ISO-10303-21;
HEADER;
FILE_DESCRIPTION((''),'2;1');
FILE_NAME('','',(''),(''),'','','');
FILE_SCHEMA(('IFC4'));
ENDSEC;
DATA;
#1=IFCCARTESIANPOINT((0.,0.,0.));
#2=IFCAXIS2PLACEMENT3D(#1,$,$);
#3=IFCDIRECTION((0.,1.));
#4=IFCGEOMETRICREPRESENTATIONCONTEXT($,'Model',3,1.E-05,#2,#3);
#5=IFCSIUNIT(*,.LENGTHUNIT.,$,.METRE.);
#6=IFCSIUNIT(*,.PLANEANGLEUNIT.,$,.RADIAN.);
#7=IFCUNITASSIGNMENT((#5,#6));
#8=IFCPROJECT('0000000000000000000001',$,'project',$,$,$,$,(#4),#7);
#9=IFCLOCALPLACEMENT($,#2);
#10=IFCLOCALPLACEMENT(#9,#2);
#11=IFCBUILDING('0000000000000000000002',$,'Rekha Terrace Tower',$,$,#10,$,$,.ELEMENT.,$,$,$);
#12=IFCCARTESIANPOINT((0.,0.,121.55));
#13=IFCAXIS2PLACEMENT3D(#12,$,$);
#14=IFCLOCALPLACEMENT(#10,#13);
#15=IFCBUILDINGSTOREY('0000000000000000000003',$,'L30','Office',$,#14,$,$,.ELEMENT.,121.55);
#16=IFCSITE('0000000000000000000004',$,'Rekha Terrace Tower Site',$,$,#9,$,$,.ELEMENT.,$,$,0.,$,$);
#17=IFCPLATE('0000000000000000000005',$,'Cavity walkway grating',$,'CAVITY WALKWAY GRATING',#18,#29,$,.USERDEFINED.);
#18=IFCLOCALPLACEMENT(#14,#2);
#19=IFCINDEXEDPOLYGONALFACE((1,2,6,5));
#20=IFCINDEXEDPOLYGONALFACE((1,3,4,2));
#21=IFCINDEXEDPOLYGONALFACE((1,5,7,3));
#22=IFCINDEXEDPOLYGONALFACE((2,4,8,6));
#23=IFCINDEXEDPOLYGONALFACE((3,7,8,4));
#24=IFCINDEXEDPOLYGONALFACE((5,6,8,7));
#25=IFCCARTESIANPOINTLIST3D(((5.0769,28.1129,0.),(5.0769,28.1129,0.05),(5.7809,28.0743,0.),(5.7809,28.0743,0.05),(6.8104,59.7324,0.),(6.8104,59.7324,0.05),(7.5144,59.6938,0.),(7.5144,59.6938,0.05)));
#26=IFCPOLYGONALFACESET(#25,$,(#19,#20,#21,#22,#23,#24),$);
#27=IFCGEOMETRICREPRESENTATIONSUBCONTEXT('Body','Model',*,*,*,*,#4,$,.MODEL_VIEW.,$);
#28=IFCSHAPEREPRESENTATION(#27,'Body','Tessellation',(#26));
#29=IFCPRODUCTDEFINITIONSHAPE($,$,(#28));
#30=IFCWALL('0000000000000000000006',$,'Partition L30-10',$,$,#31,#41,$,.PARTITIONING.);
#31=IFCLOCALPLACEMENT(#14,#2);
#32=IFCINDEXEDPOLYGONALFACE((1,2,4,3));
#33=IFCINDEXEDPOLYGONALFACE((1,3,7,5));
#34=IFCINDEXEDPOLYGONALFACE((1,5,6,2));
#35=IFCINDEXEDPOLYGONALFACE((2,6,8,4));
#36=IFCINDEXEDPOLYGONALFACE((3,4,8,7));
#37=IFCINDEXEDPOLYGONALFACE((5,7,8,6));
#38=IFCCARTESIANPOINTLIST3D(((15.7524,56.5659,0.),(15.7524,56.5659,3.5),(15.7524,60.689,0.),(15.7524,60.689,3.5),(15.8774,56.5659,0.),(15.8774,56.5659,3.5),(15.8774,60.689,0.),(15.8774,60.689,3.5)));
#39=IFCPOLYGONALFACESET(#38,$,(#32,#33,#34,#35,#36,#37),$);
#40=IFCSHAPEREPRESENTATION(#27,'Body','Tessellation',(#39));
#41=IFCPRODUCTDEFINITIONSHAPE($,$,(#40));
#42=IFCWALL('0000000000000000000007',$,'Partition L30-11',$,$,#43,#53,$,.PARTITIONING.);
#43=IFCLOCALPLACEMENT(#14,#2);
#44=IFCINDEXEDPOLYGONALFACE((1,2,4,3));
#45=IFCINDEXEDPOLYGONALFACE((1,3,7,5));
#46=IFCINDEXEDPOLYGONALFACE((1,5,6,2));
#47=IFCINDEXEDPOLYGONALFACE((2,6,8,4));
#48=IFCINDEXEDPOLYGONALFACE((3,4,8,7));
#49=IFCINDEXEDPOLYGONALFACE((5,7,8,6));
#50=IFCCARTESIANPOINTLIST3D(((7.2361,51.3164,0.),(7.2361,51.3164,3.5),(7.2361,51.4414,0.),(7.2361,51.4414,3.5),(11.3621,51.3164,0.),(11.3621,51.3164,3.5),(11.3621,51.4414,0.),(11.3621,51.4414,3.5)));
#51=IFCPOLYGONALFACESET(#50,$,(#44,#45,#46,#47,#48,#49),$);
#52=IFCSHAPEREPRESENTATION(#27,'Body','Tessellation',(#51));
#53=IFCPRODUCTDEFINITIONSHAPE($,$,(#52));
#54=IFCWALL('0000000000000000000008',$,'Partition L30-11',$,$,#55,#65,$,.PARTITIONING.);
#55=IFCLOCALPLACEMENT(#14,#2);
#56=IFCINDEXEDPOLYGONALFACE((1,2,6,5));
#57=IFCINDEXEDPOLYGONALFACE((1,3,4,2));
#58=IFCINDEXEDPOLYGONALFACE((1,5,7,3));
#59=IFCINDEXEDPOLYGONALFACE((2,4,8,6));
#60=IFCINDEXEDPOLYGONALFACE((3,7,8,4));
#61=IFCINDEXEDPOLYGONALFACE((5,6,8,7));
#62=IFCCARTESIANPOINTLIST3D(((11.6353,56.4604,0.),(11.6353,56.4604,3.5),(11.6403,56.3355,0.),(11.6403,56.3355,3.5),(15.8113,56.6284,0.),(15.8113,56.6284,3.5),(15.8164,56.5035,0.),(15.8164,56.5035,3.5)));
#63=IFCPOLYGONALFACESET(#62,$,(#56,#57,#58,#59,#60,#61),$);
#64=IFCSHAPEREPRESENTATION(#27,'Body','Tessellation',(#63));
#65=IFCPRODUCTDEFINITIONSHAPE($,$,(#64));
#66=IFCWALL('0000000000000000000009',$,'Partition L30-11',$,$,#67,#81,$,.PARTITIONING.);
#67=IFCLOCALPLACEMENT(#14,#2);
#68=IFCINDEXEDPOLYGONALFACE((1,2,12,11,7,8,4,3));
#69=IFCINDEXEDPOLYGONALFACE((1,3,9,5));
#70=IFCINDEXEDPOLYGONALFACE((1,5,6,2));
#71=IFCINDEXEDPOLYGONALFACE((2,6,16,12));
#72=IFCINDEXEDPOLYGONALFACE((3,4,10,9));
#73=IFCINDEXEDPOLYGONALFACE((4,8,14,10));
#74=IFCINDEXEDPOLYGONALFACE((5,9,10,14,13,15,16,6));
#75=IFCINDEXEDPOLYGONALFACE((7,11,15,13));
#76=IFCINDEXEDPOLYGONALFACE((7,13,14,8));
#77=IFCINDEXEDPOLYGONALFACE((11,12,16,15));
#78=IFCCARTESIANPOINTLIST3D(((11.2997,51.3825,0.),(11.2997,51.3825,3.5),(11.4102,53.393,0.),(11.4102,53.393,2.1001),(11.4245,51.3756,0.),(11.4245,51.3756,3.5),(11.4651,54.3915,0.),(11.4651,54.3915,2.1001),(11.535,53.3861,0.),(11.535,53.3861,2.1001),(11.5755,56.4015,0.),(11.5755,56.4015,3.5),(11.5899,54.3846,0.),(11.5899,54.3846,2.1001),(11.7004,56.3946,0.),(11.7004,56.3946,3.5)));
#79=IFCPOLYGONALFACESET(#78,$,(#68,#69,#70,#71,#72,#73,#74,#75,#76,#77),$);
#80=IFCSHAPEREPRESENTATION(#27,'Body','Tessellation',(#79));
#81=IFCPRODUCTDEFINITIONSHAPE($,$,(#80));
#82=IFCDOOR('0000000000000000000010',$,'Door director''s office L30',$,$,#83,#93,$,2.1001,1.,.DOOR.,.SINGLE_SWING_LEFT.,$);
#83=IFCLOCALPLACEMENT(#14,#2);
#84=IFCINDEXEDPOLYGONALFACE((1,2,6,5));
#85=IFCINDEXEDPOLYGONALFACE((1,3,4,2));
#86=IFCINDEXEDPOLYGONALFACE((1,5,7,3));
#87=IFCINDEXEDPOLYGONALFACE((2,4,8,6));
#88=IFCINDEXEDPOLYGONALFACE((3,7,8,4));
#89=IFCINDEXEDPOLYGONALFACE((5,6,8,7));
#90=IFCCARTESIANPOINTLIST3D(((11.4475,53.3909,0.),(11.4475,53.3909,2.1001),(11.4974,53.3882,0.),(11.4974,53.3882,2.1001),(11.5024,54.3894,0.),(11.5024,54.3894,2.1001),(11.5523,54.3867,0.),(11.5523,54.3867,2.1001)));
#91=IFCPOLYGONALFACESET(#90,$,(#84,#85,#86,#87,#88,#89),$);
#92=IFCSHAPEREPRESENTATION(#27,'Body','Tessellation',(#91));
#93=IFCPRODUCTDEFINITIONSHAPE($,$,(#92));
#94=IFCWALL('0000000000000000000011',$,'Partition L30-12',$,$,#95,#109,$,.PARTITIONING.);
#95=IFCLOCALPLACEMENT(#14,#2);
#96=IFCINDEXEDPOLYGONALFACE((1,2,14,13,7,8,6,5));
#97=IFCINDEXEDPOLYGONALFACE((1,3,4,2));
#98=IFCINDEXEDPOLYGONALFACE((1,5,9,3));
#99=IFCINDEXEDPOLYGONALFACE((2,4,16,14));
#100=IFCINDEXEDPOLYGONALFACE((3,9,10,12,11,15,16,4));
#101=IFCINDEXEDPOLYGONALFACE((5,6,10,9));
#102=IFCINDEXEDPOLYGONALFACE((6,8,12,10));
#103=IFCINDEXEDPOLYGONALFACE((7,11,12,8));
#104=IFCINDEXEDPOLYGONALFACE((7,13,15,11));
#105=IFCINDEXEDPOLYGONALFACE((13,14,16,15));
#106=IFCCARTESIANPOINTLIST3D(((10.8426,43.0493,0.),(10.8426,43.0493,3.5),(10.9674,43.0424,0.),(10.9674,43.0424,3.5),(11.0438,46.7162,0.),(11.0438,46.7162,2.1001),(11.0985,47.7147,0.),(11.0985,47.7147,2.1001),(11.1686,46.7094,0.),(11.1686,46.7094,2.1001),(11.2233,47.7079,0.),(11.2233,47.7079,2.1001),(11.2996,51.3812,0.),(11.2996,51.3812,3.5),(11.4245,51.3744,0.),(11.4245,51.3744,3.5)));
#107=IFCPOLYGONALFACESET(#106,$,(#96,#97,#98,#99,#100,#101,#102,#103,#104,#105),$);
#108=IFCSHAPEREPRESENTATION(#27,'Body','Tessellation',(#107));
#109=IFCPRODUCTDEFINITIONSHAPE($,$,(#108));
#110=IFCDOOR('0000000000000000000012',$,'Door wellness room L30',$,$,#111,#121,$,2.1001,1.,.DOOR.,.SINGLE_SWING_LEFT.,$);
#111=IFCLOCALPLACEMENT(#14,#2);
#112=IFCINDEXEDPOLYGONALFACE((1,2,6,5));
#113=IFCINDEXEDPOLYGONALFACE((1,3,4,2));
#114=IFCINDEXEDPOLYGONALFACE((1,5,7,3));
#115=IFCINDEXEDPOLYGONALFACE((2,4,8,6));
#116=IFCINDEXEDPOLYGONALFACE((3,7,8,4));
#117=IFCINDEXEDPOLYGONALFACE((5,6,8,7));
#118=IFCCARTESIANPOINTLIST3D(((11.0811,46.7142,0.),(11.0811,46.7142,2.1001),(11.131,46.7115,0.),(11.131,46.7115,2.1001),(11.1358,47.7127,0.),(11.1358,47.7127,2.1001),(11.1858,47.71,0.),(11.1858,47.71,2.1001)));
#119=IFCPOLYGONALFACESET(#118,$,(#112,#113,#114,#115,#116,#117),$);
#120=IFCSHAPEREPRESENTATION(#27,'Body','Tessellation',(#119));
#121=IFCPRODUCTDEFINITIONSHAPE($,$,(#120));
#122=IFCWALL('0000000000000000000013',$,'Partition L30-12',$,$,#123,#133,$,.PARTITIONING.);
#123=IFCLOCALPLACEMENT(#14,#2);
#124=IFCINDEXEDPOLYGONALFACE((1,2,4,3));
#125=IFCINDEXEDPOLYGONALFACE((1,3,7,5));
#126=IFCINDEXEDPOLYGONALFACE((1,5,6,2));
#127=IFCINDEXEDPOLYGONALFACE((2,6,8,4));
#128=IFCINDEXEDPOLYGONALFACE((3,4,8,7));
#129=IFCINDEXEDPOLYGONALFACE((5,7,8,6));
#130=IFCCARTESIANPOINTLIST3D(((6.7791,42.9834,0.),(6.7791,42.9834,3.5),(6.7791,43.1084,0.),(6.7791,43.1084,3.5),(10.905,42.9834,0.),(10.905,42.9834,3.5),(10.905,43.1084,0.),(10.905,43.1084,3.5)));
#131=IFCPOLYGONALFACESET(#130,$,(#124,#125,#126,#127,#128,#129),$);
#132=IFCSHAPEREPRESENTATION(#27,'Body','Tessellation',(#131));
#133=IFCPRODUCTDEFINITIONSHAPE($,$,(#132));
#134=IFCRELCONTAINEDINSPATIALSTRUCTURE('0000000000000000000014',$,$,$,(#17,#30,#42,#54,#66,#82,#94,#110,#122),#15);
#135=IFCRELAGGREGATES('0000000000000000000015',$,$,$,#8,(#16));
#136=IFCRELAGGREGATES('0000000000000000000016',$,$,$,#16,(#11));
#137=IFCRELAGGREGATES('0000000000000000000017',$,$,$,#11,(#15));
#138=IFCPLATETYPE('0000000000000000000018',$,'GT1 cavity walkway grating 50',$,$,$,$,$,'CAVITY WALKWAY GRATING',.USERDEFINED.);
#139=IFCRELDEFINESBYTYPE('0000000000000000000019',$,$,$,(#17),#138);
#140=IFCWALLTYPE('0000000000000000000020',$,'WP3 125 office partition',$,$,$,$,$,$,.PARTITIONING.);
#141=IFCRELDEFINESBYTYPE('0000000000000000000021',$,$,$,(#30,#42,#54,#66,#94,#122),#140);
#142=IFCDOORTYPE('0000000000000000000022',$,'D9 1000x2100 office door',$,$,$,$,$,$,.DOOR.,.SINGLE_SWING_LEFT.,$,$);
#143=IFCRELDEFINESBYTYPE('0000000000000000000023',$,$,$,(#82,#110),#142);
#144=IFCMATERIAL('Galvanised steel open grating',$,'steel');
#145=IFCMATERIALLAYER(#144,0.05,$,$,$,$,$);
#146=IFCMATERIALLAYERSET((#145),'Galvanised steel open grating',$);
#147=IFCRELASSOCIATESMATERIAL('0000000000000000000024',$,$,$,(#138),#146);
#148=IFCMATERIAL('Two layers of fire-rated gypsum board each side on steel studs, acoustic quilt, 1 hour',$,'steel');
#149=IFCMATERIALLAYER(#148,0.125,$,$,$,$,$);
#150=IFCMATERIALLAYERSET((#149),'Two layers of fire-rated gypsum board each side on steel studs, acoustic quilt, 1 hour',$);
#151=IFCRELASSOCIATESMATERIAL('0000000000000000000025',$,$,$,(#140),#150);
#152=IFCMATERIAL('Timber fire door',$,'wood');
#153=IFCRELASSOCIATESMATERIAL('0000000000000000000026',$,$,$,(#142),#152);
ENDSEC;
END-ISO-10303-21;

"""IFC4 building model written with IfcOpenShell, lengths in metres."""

from ifc_helpers import new_model, si_unit, direction, frame, frame_2d, origin, origin_2d, place, context, subcontext, project, spatial, rectangle, extrude, material, layer, layer_set, type_object, element, fill, save


model = new_model("IFC4")

# Units and contexts
model_context = context("Model", 3, precision=1e-05, world=origin(), true_north=direction((0.0, 1.0)))
body_context = subcontext(model_context, "Body", "Model", "MODEL_VIEW")
ifc_project = project(units=[si_unit("LENGTHUNIT", "METRE"), si_unit("PLANEANGLEUNIT", "RADIAN")], contexts=[model_context])

# Site, building, storey
site_placement = place(None, origin())
site = spatial("IfcSite", under=ifc_project, at=site_placement, Name="Rekha Terrace Tower Site", CompositionType="ELEMENT", RefElevation=0.0)
building_placement = place(site_placement, origin())
building = spatial("IfcBuilding", under=site, at=building_placement, Name="Rekha Terrace Tower", CompositionType="ELEMENT")
storey_placement = place(building_placement, frame((0.0, 0.0, 121.55)))
storey = spatial("IfcBuildingStorey", under=building, at=storey_placement, Name="L30", Description="Office", CompositionType="ELEMENT", Elevation=121.55)

# Plate
ifc_material_1 = material(Name="Galvanised steel open grating", Category="steel")
ifc_layer_1 = layer(ifc_material_1, 0.05)
ifc_layer_set_1 = layer_set([ifc_layer_1], Name="Galvanised steel open grating")
plate_type_1 = type_object("IfcPlateType", Name="GT1 cavity walkway grating 50", ElementType="CAVITY WALKWAY GRATING", PredefinedType="USERDEFINED", material=ifc_layer_set_1)
plate_1_placement = place(storey_placement, frame((6.2957, 43.9033, 0.0), z_axis=(0.0, 0.0, 1.0), x_axis=(-0.054742, -0.998501, 0.0)))
element("IfcPlate", 1, at=plate_1_placement, inside=storey, type_object=plate_type_1, Name="Cavity walkway grating", ObjectType="CAVITY WALKWAY GRATING", PredefinedType="USERDEFINED", context=body_context, shape_type="SweptSolid", body=[
    extrude(rectangle(XDim=31.667, YDim=0.7051, at=origin_2d()), origin(), (0.0, 0.0, 1.0), 0.05),
])

# Walls
ifc_material_2 = material(Name="Two layers of fire-rated gypsum board each side on steel studs, acoustic quilt, 1 hour", Category="steel")
ifc_layer_2 = layer(ifc_material_2, 0.125)
ifc_layer_set_2 = layer_set([ifc_layer_2], Name="Two layers of fire-rated gypsum board each side on steel studs, acoustic quilt, 1 hour")
wall_type = type_object("IfcWallType", Name="WP3 125 office partition", PredefinedType="PARTITIONING", material=ifc_layer_set_2)
wall_1_placement = place(storey_placement, frame((15.8149, 56.5659, 0.0), z_axis=(0.0, 0.0, 1.0), x_axis=(0.0, 1.0, 0.0)))
element("IfcWall", 2, at=wall_1_placement, inside=storey, type_object=wall_type, Name="Partition L30-10", PredefinedType="PARTITIONING", context=body_context, shape_type="SweptSolid", body=[
    extrude(rectangle(XDim=4.123, YDim=0.125, at=frame_2d((2.0615, 0.0))), origin(), (0.0, 0.0, 1.0), 3.5),
])
wall_2_placement = place(storey_placement, frame((11.3621, 51.3789, 0.0), z_axis=(0.0, 0.0, 1.0), x_axis=(-1.0, 0.0, 0.0)))
element("IfcWall", 3, at=wall_2_placement, inside=storey, type_object=wall_type, Name="Partition L30-11", PredefinedType="PARTITIONING", context=body_context, shape_type="SweptSolid", body=[
    extrude(rectangle(XDim=4.126, YDim=0.125, at=frame_2d((2.063, 0.0))), origin(), (0.0, 0.0, 1.0), 3.5),
])
wall_3_placement = place(storey_placement, frame((15.814, 56.5659, 0.0), z_axis=(0.0, 0.0, 1.0), x_axis=(-0.999192, -0.04019, 0.0)))
element("IfcWall", 4, at=wall_3_placement, inside=storey, type_object=wall_type, Name="Partition L30-11", PredefinedType="PARTITIONING", context=body_context, shape_type="SweptSolid", body=[
    extrude(rectangle(XDim=4.1794, YDim=0.125, at=frame_2d((2.0898, 0.0))), origin(), (0.0, 0.0, 1.0), 3.5),
])

# Walls, openings, doors
wall_4_placement = place(storey_placement, frame((11.6379, 56.3979, 0.0), z_axis=(0.0, 0.0, 1.0), x_axis=(-0.054884, -0.998493, 0.0)))
wall_4 = element("IfcWall", 5, at=wall_4_placement, inside=storey, type_object=wall_type, Name="Partition L30-11", PredefinedType="PARTITIONING", context=body_context, shape_type="SweptSolid", body=[
    extrude(rectangle(XDim=5.0266, YDim=0.125, at=frame_2d((2.5132, 0.0))), origin(), (0.0, 0.0, 1.0), 3.5),
])
opening_1_placement = place(wall_4_placement, frame((2.0129, 0.0, 0.0)))
opening_1 = element("IfcOpeningElement", 6, at=opening_1_placement, cuts=wall_4, PredefinedType="OPENING", context=body_context, shape_type="SweptSolid", body=[
    extrude(rectangle(XDim=1.0, YDim=2.1001, at=frame_2d((0.5, 1.05))), frame((0.0, 0.0725, 0.0), z_axis=(0.0, -1.0, 0.0), x_axis=(1.0, 0.0, 0.0)), (0.0, 0.0, 1.0), 0.145),
])
ifc_material_3 = material(Name="Timber fire door", Category="wood")
door_type = type_object("IfcDoorType", Name="D9 1000x2100 office door", OperationType="SINGLE_SWING_LEFT", PredefinedType="DOOR", material=ifc_material_3)
door_1_placement = place(opening_1_placement, origin())
door_1 = element("IfcDoor", 7, at=door_1_placement, inside=storey, type_object=door_type, Name="Door director's office L30", OperationType="SINGLE_SWING_LEFT", OverallHeight=2.1001, OverallWidth=1.0, PredefinedType="DOOR", context=body_context, shape_type="SweptSolid", body=[
    extrude(rectangle(XDim=1.0, YDim=2.1001, at=frame_2d((0.5, 1.05))), frame((0.0, 0.0249, 0.0), z_axis=(0.0, -1.0, 0.0), x_axis=(1.0, 0.0, 0.0)), (0.0, 0.0, 1.0), 0.05),
])
fill(opening_1, door_1)
wall_5_placement = place(storey_placement, frame((11.3621, 51.3779, 0.0), z_axis=(0.0, 0.0, 1.0), x_axis=(-0.05477, -0.998499, 0.0)))
wall_5 = element("IfcWall", 8, at=wall_5_placement, inside=storey, type_object=wall_type, Name="Partition L30-12", PredefinedType="PARTITIONING", context=body_context, shape_type="SweptSolid", body=[
    extrude(rectangle(XDim=8.3445, YDim=0.125, at=frame_2d((4.1724, 0.0))), origin(), (0.0, 0.0, 1.0), 3.5),
])
opening_2_placement = place(wall_5_placement, frame((3.6721, 0.0, 0.0)))
opening_2 = element("IfcOpeningElement", 9, at=opening_2_placement, cuts=wall_5, PredefinedType="OPENING", context=body_context, shape_type="SweptSolid", body=[
    extrude(rectangle(XDim=1.0, YDim=2.1001, at=frame_2d((0.5, 1.05))), frame((0.0, 0.0725, 0.0), z_axis=(0.0, -1.0, 0.0), x_axis=(1.0, 0.0, 0.0)), (0.0, 0.0, 1.0), 0.145),
])
door_2_placement = place(opening_2_placement, origin())
door_2 = element("IfcDoor", 10, at=door_2_placement, inside=storey, type_object=door_type, Name="Door wellness room L30", OperationType="SINGLE_SWING_LEFT", OverallHeight=2.1001, OverallWidth=1.0, PredefinedType="DOOR", context=body_context, shape_type="SweptSolid", body=[
    extrude(rectangle(XDim=1.0, YDim=2.1001, at=frame_2d((0.5, 1.05))), frame((0.0, 0.0249, 0.0), z_axis=(0.0, -1.0, 0.0), x_axis=(1.0, 0.0, 0.0)), (0.0, 0.0, 1.0), 0.05),
])
fill(opening_2, door_2)

# Wall
wall_6_placement = place(storey_placement, frame((10.905, 43.0459, 0.0), z_axis=(0.0, 0.0, 1.0), x_axis=(-1.0, 0.0, 0.0)))
element("IfcWall", 11, at=wall_6_placement, inside=storey, type_object=wall_type, Name="Partition L30-12", PredefinedType="PARTITIONING", context=body_context, shape_type="SweptSolid", body=[
    extrude(rectangle(XDim=4.126, YDim=0.125, at=frame_2d((2.063, 0.0))), origin(), (0.0, 0.0, 1.0), 3.5),
])

save(model, "model.ifc")
